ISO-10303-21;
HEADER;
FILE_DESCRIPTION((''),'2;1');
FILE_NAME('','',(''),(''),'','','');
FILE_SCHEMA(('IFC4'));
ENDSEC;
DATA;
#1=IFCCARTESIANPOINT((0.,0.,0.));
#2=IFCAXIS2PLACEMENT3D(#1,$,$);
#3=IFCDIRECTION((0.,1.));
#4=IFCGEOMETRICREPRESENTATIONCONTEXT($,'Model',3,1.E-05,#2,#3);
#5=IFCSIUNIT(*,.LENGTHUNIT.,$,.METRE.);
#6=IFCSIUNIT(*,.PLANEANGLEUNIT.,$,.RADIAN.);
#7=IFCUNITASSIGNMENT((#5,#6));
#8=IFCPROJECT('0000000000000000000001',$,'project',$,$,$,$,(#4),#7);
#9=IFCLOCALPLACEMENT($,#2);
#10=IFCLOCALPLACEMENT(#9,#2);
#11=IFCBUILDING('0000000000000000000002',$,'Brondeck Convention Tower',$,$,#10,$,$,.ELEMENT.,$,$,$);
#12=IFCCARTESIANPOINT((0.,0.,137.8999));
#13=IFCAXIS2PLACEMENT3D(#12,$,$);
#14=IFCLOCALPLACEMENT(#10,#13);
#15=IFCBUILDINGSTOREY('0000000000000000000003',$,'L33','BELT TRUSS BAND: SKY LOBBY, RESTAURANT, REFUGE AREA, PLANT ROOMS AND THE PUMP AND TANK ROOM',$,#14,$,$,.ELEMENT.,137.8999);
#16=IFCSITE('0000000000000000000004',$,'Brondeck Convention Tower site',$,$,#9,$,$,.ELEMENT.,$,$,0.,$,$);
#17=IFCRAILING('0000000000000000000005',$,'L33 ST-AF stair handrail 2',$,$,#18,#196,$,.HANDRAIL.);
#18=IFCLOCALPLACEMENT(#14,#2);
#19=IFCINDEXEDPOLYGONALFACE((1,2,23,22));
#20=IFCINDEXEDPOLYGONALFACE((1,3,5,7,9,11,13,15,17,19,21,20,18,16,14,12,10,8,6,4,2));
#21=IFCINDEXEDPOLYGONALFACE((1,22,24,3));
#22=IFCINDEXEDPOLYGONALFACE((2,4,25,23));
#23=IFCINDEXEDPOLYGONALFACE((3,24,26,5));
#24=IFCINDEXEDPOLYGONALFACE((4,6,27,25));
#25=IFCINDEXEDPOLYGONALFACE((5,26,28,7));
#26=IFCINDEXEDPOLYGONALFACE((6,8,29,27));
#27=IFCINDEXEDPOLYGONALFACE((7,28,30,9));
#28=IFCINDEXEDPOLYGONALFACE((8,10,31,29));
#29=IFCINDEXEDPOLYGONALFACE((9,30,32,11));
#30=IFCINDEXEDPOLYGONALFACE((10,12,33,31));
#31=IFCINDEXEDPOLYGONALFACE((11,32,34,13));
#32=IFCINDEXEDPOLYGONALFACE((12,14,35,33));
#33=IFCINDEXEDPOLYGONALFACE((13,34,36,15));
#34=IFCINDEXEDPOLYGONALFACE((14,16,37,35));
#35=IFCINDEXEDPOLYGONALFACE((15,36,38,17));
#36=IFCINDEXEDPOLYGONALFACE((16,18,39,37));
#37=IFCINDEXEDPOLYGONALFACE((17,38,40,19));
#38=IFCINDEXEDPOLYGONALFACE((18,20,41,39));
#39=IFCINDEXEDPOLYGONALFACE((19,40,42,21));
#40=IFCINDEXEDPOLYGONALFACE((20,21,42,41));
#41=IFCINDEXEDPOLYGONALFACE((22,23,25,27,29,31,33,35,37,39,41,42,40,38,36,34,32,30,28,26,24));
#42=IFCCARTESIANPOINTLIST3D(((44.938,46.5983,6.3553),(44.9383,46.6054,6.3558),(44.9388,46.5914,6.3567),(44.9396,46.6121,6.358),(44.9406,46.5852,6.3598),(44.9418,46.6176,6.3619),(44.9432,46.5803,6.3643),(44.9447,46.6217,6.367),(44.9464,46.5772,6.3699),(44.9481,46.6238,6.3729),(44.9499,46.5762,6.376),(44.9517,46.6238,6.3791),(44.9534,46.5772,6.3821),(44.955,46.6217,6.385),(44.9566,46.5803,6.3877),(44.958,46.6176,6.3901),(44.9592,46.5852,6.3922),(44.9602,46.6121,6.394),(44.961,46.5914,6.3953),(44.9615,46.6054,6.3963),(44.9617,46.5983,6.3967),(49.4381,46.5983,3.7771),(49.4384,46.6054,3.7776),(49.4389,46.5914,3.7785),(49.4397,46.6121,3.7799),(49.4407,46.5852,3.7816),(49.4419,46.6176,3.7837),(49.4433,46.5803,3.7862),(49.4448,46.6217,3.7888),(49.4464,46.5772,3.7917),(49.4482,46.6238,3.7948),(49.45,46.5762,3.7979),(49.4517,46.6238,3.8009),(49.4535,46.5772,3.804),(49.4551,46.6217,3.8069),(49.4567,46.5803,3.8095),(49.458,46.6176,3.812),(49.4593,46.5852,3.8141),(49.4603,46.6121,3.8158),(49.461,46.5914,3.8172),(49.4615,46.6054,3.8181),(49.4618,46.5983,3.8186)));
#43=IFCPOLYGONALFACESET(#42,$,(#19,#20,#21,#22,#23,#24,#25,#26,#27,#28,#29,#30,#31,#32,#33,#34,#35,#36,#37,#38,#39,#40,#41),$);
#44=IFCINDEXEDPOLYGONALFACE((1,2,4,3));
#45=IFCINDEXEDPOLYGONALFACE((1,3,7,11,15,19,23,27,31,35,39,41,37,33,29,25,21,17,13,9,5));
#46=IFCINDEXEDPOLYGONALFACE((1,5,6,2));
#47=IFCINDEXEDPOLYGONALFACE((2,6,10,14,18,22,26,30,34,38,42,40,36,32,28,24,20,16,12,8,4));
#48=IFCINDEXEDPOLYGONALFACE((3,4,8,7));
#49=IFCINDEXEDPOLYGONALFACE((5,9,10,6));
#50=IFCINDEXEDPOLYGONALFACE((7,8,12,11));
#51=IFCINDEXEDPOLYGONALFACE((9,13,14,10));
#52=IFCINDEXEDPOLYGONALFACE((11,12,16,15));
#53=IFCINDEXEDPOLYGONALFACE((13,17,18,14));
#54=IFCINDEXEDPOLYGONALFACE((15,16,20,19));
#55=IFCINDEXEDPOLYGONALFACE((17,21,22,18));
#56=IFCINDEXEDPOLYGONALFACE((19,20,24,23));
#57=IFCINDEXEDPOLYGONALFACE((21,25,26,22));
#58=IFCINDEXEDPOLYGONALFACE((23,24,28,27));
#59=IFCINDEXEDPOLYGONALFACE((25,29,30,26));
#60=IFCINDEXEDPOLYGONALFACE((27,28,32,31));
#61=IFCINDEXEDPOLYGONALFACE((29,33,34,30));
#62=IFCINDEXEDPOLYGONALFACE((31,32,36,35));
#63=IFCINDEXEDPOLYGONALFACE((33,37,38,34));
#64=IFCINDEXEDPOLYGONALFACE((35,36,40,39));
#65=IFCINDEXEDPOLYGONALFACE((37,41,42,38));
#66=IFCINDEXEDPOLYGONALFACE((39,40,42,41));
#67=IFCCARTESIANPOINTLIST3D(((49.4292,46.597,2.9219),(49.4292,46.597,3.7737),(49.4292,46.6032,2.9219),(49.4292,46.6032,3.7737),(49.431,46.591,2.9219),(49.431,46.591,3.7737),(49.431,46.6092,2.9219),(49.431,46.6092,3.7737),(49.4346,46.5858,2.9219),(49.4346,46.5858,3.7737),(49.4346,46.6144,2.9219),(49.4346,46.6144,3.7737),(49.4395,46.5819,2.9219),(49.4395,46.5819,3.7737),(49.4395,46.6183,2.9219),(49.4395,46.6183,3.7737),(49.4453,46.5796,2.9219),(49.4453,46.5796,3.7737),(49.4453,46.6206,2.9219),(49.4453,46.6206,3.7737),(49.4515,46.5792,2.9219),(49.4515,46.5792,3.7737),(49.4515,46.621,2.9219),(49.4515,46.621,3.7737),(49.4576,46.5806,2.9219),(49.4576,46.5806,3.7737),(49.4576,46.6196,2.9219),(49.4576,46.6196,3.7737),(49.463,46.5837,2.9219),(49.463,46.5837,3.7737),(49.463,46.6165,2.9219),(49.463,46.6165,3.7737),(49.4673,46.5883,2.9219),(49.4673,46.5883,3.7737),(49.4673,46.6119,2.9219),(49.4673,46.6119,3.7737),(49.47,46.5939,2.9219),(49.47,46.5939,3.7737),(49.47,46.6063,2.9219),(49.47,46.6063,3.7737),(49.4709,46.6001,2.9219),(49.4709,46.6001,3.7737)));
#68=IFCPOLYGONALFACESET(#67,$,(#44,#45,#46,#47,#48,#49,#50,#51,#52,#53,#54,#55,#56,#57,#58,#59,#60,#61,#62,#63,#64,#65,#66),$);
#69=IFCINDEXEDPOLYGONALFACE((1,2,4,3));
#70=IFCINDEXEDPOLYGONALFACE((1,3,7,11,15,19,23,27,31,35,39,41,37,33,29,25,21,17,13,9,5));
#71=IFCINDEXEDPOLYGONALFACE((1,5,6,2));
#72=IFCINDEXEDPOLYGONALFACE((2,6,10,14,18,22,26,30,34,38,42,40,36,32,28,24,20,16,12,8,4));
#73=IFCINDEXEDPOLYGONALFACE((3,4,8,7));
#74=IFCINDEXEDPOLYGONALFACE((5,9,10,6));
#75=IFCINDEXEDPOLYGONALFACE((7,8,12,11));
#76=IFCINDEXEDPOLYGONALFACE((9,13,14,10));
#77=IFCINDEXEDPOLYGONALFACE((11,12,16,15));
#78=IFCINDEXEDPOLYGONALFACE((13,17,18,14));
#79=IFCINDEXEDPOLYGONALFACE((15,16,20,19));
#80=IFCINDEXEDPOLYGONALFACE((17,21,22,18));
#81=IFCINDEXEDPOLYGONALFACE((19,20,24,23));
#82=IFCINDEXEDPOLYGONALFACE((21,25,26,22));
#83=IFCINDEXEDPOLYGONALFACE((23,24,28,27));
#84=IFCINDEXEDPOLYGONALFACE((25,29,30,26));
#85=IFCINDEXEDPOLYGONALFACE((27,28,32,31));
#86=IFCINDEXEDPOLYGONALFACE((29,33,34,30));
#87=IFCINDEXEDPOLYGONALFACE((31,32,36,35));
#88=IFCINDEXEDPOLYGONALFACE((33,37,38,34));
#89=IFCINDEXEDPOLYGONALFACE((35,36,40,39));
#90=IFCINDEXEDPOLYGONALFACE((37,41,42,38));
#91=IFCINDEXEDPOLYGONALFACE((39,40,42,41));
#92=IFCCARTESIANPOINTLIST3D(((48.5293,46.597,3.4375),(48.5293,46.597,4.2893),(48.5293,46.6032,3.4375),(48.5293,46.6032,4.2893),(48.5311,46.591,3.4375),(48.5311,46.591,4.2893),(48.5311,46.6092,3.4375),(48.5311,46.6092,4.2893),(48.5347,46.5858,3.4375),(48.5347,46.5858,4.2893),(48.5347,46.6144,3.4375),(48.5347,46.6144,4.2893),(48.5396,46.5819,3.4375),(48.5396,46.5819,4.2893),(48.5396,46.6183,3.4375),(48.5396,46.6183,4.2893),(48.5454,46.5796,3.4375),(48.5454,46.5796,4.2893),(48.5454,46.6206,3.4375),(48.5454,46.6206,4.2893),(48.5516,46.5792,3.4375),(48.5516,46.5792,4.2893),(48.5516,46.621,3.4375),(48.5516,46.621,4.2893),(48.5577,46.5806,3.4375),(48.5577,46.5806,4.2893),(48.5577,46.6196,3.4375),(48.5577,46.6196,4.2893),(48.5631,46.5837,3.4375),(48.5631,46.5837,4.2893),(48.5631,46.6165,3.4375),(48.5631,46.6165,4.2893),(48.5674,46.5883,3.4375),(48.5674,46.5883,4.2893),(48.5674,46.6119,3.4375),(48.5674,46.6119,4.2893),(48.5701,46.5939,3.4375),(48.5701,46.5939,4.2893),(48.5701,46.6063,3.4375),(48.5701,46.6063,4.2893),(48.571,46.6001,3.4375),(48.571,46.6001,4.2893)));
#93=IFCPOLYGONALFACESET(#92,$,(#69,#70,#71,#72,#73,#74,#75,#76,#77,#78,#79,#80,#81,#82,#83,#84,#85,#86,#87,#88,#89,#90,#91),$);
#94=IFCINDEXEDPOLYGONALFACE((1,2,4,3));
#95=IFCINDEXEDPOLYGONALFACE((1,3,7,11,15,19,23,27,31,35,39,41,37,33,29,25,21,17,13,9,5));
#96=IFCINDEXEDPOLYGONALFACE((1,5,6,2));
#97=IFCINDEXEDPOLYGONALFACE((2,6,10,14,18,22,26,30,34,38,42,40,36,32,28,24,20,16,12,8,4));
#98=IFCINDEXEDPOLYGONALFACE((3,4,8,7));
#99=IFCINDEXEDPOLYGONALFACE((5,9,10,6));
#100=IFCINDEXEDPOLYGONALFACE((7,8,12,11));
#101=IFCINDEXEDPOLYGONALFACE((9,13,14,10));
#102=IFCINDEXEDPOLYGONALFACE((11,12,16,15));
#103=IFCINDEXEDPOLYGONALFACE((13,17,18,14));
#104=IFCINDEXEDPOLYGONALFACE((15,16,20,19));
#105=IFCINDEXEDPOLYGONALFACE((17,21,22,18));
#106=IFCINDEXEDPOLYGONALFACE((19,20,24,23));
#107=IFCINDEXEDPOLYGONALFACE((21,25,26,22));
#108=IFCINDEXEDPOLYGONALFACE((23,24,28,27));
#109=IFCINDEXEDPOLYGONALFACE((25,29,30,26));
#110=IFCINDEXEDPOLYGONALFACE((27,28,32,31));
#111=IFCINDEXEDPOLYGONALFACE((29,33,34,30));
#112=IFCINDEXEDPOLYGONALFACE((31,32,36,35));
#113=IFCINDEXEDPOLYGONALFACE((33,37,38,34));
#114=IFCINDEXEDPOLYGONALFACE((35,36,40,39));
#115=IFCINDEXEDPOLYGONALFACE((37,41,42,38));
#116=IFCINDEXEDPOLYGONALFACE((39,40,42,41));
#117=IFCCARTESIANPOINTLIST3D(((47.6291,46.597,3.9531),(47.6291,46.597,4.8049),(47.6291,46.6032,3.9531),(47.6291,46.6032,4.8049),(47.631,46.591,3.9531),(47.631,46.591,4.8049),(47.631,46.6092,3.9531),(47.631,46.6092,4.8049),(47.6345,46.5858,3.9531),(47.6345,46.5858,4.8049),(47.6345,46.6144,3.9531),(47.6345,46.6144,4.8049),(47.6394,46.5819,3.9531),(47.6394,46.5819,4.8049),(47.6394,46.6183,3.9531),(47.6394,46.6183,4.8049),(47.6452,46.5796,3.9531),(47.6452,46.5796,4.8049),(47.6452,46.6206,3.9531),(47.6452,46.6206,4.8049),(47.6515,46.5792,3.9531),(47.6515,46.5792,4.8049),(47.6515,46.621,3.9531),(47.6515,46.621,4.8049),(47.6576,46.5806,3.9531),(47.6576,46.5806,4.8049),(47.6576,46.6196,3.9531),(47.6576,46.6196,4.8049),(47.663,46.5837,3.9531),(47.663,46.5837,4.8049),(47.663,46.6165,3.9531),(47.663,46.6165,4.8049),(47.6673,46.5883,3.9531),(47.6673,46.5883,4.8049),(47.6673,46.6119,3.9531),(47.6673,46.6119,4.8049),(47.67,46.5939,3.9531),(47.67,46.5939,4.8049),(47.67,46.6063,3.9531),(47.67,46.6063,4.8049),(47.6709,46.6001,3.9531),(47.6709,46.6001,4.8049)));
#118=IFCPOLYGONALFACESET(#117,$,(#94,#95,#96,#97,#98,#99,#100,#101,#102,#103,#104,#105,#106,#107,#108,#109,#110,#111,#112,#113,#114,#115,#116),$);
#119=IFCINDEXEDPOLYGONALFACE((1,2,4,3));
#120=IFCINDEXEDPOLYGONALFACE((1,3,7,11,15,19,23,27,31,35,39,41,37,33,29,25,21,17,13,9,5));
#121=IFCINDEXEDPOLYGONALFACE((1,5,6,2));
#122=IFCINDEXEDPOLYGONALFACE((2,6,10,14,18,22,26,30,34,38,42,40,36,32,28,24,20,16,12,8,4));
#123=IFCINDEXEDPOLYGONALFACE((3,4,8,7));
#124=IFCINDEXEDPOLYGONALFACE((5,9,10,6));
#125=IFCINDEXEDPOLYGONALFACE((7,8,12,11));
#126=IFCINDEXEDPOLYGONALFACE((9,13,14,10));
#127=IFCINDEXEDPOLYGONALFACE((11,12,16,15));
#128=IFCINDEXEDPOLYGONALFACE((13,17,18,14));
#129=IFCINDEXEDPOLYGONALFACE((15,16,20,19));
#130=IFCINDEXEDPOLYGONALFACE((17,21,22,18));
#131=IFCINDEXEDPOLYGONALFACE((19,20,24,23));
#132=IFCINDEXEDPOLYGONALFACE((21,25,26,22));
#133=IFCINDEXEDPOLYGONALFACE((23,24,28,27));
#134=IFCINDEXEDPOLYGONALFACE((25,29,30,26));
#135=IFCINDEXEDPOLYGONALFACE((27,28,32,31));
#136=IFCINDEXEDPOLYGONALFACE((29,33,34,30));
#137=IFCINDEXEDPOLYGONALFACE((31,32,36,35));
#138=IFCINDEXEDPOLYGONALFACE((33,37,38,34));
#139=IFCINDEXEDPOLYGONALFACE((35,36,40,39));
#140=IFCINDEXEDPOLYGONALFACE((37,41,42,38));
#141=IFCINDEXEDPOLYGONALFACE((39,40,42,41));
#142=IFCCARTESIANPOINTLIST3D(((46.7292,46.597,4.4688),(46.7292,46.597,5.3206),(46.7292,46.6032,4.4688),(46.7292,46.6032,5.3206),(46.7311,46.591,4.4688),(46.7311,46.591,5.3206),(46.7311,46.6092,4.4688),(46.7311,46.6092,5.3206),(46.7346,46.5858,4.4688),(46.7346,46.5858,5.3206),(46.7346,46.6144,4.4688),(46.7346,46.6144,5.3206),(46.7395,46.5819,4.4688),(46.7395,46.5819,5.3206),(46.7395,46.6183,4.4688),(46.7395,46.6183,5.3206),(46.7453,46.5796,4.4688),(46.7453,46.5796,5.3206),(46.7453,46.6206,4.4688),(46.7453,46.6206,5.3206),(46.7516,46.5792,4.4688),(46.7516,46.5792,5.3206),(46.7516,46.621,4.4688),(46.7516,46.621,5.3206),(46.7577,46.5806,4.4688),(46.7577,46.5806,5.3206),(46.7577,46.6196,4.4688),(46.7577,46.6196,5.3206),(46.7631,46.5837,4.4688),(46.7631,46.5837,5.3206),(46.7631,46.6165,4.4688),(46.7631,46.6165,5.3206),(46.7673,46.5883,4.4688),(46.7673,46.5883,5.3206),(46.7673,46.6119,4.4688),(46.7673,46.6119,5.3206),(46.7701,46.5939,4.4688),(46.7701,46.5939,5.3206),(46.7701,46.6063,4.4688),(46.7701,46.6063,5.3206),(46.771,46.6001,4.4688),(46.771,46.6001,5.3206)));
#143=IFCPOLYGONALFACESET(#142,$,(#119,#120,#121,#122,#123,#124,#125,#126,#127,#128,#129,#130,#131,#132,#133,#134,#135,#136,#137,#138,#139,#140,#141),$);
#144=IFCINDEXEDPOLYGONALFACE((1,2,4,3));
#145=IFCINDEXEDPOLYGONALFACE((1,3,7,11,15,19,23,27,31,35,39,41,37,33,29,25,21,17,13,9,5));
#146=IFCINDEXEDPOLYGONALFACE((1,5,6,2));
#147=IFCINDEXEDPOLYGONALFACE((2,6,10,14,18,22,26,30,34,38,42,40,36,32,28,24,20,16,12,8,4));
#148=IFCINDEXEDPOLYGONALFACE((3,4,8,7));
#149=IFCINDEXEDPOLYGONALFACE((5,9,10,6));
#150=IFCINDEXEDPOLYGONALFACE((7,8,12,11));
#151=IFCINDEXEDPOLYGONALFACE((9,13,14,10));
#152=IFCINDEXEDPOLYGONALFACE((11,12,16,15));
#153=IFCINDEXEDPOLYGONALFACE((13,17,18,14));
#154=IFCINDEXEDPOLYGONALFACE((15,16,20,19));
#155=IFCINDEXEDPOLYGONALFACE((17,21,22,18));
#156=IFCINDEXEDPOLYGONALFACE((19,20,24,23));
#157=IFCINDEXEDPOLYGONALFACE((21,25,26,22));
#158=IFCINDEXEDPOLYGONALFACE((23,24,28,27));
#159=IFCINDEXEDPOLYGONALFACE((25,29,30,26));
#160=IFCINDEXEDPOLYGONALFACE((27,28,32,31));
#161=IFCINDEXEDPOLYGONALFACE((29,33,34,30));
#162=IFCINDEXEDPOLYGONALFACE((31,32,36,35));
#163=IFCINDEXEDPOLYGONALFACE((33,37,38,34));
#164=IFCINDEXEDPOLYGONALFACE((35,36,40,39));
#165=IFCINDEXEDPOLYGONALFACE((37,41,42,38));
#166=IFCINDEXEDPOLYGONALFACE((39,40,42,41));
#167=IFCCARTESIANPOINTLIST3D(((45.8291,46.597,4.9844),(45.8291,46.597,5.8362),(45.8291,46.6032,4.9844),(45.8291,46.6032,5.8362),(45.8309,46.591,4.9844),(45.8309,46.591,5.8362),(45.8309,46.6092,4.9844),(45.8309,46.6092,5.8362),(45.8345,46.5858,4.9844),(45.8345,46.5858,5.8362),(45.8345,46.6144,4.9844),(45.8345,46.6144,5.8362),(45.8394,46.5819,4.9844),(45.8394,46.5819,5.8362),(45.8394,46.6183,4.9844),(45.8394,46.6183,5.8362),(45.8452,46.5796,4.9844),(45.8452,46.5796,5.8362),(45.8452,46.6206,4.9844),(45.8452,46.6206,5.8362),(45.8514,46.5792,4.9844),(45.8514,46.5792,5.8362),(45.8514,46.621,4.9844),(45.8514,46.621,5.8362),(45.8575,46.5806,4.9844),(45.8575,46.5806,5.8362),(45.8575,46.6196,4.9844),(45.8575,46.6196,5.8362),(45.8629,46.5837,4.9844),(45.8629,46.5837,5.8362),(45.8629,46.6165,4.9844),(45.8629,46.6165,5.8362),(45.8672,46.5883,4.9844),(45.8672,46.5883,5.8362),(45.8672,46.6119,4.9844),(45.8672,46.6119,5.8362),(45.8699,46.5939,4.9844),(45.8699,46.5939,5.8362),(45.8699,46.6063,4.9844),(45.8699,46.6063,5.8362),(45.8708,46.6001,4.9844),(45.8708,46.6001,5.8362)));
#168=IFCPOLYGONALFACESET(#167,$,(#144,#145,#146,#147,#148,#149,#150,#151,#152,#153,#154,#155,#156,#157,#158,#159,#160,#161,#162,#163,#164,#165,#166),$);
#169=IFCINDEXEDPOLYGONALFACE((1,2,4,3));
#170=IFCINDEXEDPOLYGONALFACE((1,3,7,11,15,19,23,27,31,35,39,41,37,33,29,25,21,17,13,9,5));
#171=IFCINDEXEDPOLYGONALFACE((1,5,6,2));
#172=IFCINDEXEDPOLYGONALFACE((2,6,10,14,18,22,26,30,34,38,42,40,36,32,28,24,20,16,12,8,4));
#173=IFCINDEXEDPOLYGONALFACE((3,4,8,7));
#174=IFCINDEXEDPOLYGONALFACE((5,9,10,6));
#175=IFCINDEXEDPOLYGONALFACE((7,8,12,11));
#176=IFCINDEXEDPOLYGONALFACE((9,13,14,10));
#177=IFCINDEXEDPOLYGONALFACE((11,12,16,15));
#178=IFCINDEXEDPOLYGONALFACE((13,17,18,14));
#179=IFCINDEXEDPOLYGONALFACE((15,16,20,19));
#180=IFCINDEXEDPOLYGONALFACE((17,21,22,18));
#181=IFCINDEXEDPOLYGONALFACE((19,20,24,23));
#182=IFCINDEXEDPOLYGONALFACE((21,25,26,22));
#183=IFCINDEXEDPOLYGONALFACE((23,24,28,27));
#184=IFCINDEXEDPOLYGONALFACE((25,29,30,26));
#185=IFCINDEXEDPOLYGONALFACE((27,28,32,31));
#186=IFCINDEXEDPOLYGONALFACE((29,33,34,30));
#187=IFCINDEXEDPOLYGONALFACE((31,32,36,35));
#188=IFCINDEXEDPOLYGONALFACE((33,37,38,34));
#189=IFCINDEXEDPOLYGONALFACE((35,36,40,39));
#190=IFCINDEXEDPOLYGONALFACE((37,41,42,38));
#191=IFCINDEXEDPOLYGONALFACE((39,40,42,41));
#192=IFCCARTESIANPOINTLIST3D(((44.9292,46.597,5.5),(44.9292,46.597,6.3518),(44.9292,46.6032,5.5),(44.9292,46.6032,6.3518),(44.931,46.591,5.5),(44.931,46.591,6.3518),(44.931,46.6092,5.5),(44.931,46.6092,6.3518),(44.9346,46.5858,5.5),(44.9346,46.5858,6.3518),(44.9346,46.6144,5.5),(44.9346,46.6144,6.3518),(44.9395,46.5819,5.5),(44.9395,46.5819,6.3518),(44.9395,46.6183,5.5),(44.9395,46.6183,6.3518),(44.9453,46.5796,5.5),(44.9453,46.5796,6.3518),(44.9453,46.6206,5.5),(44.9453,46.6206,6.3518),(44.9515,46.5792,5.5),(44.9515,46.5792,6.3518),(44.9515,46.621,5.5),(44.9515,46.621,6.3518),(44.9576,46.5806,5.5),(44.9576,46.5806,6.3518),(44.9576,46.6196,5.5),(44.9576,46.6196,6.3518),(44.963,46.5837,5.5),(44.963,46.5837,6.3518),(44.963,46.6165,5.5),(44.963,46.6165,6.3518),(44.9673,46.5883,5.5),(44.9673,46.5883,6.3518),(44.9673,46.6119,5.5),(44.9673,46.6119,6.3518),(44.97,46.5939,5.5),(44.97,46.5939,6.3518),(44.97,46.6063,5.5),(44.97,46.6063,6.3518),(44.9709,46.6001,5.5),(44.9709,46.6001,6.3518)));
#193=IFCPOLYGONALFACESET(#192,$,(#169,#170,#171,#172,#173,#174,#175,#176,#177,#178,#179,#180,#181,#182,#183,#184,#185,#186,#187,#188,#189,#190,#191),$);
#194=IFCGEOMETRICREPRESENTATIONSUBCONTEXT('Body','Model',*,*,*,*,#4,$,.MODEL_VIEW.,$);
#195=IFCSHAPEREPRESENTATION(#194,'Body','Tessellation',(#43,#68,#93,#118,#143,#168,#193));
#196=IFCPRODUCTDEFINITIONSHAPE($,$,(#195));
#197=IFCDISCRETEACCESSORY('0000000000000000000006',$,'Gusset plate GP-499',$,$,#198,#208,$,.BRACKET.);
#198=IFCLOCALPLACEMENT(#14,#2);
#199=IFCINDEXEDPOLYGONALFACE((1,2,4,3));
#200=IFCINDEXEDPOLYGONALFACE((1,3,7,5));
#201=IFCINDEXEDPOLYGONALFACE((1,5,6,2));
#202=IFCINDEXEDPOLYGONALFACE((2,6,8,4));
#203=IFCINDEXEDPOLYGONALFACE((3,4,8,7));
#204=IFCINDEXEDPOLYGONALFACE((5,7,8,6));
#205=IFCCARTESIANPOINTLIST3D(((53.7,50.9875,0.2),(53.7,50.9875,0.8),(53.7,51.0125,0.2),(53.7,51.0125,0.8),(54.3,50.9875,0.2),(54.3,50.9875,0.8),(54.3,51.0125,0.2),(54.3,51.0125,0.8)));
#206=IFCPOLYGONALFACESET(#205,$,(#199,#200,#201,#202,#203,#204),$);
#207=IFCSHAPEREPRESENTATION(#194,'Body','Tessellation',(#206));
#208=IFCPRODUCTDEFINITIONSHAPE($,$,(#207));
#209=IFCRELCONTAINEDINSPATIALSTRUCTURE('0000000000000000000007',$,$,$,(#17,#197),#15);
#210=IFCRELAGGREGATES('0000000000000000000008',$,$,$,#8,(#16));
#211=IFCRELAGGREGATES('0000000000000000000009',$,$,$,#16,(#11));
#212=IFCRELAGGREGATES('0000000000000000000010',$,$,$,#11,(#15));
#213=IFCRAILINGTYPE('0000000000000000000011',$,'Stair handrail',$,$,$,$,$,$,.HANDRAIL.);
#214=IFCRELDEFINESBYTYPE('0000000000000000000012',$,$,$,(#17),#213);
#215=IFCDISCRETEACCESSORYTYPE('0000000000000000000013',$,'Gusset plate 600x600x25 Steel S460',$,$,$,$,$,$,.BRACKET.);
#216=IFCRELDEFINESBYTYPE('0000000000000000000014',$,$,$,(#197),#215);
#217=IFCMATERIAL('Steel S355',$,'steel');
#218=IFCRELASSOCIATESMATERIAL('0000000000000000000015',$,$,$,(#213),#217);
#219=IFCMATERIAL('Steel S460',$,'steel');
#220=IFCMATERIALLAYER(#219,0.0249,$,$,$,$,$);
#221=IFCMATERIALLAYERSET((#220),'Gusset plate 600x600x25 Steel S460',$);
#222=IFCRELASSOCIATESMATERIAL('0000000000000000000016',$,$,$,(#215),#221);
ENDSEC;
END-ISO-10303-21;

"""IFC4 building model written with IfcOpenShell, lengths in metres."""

from ifc_helpers import new_model, si_unit, direction, frame, origin, origin_2d, place, context, subcontext, project, spatial, rectangle, circle, extrude, material, layer, layer_set, type_object, element, save


model = new_model("IFC4")

# Units and contexts
model_context = context("Model", 3, precision=1e-05, world=origin(), true_north=direction((0.0, 1.0)))
body_context = subcontext(model_context, "Body", "Model", "MODEL_VIEW")
ifc_project = project(units=[si_unit("LENGTHUNIT", "METRE"), si_unit("PLANEANGLEUNIT", "RADIAN")], contexts=[model_context])

# Site, building, storey
site_placement = place(None, origin())
site = spatial("IfcSite", under=ifc_project, at=site_placement, Name="Brondeck Convention Tower site", CompositionType="ELEMENT", RefElevation=0.0)
building_placement = place(site_placement, origin())
building = spatial("IfcBuilding", under=site, at=building_placement, Name="Brondeck Convention Tower", CompositionType="ELEMENT")
storey_placement = place(building_placement, frame((0.0, 0.0, 137.8999)))
storey = spatial("IfcBuildingStorey", under=building, at=storey_placement, Name="L33", Description="BELT TRUSS BAND: SKY LOBBY, RESTAURANT, REFUGE AREA, PLANT ROOMS AND THE PUMP AND TANK ROOM", CompositionType="ELEMENT", Elevation=137.8999)

# Shared definitions
ifc_material_1 = material(Name="Steel S355", Category="steel")

# Shared definitions
ifc_material_2 = material(Name="Steel S460", Category="steel")

# Railing
railing_type = type_object("IfcRailingType", Name="Stair handrail", PredefinedType="HANDRAIL", material=ifc_material_1)
railing_placement = place(storey_placement, frame((49.45, 46.6001, 2.9219)))
element("IfcRailing", 1, at=railing_placement, inside=storey, type_object=railing_type, Name="L33 ST-AF stair handrail 2", PredefinedType="HANDRAIL", context=body_context, shape_type="SweptSolid", body=[
    extrude(circle(Radius=0.0239, at=origin_2d()), frame((0.0, 0.0, 0.876), z_axis=(-0.867686, 0.0, 0.497112), x_axis=(0.0, -1.0, 0.0)), (0.0, 0.0, 1.0), 5.1863),
    extrude(circle(Radius=0.021, at=origin_2d()), origin(), (0.0, 0.0, 1.0), 0.8518),
    extrude(circle(Radius=0.021, at=origin_2d()), frame((-0.8999, 0.0, 0.5156)), (0.0, 0.0, 1.0), 0.8518),
    extrude(circle(Radius=0.021, at=origin_2d()), frame((-1.8, 0.0, 1.0312)), (0.0, 0.0, 1.0), 0.8518),
    extrude(circle(Radius=0.021, at=origin_2d()), frame((-2.7, 0.0, 1.5469)), (0.0, 0.0, 1.0), 0.8518),
    extrude(circle(Radius=0.021, at=origin_2d()), frame((-3.6001, 0.0, 2.0625)), (0.0, 0.0, 1.0), 0.8518),
    extrude(circle(Radius=0.021, at=origin_2d()), frame((-4.5, 0.0, 2.5781)), (0.0, 0.0, 1.0), 0.8518),
])

# Discrete accessory
ifc_layer_1 = layer(ifc_material_2, 0.0249)
ifc_layer_set_1 = layer_set([ifc_layer_1], Name="Gusset plate 600x600x25 Steel S460")
discrete_accessory_type = type_object("IfcDiscreteAccessoryType", Name="Gusset plate 600x600x25 Steel S460", PredefinedType="BRACKET", material=ifc_layer_set_1)
discrete_accessory_placement = place(storey_placement, frame((54.0, 51.0, 0.2), z_axis=(0.0, 0.0, 1.0), x_axis=(1.0, 0.0, 0.0)))
element("IfcDiscreteAccessory", 2, at=discrete_accessory_placement, inside=storey, type_object=discrete_accessory_type, Name="Gusset plate GP-499", PredefinedType="BRACKET", context=body_context, shape_type="SweptSolid", body=[
    extrude(rectangle(XDim=0.6001, YDim=0.0249, at=origin_2d()), origin(), (0.0, 0.0, 1.0), 0.6001),
])

save(model, "model.ifc")
